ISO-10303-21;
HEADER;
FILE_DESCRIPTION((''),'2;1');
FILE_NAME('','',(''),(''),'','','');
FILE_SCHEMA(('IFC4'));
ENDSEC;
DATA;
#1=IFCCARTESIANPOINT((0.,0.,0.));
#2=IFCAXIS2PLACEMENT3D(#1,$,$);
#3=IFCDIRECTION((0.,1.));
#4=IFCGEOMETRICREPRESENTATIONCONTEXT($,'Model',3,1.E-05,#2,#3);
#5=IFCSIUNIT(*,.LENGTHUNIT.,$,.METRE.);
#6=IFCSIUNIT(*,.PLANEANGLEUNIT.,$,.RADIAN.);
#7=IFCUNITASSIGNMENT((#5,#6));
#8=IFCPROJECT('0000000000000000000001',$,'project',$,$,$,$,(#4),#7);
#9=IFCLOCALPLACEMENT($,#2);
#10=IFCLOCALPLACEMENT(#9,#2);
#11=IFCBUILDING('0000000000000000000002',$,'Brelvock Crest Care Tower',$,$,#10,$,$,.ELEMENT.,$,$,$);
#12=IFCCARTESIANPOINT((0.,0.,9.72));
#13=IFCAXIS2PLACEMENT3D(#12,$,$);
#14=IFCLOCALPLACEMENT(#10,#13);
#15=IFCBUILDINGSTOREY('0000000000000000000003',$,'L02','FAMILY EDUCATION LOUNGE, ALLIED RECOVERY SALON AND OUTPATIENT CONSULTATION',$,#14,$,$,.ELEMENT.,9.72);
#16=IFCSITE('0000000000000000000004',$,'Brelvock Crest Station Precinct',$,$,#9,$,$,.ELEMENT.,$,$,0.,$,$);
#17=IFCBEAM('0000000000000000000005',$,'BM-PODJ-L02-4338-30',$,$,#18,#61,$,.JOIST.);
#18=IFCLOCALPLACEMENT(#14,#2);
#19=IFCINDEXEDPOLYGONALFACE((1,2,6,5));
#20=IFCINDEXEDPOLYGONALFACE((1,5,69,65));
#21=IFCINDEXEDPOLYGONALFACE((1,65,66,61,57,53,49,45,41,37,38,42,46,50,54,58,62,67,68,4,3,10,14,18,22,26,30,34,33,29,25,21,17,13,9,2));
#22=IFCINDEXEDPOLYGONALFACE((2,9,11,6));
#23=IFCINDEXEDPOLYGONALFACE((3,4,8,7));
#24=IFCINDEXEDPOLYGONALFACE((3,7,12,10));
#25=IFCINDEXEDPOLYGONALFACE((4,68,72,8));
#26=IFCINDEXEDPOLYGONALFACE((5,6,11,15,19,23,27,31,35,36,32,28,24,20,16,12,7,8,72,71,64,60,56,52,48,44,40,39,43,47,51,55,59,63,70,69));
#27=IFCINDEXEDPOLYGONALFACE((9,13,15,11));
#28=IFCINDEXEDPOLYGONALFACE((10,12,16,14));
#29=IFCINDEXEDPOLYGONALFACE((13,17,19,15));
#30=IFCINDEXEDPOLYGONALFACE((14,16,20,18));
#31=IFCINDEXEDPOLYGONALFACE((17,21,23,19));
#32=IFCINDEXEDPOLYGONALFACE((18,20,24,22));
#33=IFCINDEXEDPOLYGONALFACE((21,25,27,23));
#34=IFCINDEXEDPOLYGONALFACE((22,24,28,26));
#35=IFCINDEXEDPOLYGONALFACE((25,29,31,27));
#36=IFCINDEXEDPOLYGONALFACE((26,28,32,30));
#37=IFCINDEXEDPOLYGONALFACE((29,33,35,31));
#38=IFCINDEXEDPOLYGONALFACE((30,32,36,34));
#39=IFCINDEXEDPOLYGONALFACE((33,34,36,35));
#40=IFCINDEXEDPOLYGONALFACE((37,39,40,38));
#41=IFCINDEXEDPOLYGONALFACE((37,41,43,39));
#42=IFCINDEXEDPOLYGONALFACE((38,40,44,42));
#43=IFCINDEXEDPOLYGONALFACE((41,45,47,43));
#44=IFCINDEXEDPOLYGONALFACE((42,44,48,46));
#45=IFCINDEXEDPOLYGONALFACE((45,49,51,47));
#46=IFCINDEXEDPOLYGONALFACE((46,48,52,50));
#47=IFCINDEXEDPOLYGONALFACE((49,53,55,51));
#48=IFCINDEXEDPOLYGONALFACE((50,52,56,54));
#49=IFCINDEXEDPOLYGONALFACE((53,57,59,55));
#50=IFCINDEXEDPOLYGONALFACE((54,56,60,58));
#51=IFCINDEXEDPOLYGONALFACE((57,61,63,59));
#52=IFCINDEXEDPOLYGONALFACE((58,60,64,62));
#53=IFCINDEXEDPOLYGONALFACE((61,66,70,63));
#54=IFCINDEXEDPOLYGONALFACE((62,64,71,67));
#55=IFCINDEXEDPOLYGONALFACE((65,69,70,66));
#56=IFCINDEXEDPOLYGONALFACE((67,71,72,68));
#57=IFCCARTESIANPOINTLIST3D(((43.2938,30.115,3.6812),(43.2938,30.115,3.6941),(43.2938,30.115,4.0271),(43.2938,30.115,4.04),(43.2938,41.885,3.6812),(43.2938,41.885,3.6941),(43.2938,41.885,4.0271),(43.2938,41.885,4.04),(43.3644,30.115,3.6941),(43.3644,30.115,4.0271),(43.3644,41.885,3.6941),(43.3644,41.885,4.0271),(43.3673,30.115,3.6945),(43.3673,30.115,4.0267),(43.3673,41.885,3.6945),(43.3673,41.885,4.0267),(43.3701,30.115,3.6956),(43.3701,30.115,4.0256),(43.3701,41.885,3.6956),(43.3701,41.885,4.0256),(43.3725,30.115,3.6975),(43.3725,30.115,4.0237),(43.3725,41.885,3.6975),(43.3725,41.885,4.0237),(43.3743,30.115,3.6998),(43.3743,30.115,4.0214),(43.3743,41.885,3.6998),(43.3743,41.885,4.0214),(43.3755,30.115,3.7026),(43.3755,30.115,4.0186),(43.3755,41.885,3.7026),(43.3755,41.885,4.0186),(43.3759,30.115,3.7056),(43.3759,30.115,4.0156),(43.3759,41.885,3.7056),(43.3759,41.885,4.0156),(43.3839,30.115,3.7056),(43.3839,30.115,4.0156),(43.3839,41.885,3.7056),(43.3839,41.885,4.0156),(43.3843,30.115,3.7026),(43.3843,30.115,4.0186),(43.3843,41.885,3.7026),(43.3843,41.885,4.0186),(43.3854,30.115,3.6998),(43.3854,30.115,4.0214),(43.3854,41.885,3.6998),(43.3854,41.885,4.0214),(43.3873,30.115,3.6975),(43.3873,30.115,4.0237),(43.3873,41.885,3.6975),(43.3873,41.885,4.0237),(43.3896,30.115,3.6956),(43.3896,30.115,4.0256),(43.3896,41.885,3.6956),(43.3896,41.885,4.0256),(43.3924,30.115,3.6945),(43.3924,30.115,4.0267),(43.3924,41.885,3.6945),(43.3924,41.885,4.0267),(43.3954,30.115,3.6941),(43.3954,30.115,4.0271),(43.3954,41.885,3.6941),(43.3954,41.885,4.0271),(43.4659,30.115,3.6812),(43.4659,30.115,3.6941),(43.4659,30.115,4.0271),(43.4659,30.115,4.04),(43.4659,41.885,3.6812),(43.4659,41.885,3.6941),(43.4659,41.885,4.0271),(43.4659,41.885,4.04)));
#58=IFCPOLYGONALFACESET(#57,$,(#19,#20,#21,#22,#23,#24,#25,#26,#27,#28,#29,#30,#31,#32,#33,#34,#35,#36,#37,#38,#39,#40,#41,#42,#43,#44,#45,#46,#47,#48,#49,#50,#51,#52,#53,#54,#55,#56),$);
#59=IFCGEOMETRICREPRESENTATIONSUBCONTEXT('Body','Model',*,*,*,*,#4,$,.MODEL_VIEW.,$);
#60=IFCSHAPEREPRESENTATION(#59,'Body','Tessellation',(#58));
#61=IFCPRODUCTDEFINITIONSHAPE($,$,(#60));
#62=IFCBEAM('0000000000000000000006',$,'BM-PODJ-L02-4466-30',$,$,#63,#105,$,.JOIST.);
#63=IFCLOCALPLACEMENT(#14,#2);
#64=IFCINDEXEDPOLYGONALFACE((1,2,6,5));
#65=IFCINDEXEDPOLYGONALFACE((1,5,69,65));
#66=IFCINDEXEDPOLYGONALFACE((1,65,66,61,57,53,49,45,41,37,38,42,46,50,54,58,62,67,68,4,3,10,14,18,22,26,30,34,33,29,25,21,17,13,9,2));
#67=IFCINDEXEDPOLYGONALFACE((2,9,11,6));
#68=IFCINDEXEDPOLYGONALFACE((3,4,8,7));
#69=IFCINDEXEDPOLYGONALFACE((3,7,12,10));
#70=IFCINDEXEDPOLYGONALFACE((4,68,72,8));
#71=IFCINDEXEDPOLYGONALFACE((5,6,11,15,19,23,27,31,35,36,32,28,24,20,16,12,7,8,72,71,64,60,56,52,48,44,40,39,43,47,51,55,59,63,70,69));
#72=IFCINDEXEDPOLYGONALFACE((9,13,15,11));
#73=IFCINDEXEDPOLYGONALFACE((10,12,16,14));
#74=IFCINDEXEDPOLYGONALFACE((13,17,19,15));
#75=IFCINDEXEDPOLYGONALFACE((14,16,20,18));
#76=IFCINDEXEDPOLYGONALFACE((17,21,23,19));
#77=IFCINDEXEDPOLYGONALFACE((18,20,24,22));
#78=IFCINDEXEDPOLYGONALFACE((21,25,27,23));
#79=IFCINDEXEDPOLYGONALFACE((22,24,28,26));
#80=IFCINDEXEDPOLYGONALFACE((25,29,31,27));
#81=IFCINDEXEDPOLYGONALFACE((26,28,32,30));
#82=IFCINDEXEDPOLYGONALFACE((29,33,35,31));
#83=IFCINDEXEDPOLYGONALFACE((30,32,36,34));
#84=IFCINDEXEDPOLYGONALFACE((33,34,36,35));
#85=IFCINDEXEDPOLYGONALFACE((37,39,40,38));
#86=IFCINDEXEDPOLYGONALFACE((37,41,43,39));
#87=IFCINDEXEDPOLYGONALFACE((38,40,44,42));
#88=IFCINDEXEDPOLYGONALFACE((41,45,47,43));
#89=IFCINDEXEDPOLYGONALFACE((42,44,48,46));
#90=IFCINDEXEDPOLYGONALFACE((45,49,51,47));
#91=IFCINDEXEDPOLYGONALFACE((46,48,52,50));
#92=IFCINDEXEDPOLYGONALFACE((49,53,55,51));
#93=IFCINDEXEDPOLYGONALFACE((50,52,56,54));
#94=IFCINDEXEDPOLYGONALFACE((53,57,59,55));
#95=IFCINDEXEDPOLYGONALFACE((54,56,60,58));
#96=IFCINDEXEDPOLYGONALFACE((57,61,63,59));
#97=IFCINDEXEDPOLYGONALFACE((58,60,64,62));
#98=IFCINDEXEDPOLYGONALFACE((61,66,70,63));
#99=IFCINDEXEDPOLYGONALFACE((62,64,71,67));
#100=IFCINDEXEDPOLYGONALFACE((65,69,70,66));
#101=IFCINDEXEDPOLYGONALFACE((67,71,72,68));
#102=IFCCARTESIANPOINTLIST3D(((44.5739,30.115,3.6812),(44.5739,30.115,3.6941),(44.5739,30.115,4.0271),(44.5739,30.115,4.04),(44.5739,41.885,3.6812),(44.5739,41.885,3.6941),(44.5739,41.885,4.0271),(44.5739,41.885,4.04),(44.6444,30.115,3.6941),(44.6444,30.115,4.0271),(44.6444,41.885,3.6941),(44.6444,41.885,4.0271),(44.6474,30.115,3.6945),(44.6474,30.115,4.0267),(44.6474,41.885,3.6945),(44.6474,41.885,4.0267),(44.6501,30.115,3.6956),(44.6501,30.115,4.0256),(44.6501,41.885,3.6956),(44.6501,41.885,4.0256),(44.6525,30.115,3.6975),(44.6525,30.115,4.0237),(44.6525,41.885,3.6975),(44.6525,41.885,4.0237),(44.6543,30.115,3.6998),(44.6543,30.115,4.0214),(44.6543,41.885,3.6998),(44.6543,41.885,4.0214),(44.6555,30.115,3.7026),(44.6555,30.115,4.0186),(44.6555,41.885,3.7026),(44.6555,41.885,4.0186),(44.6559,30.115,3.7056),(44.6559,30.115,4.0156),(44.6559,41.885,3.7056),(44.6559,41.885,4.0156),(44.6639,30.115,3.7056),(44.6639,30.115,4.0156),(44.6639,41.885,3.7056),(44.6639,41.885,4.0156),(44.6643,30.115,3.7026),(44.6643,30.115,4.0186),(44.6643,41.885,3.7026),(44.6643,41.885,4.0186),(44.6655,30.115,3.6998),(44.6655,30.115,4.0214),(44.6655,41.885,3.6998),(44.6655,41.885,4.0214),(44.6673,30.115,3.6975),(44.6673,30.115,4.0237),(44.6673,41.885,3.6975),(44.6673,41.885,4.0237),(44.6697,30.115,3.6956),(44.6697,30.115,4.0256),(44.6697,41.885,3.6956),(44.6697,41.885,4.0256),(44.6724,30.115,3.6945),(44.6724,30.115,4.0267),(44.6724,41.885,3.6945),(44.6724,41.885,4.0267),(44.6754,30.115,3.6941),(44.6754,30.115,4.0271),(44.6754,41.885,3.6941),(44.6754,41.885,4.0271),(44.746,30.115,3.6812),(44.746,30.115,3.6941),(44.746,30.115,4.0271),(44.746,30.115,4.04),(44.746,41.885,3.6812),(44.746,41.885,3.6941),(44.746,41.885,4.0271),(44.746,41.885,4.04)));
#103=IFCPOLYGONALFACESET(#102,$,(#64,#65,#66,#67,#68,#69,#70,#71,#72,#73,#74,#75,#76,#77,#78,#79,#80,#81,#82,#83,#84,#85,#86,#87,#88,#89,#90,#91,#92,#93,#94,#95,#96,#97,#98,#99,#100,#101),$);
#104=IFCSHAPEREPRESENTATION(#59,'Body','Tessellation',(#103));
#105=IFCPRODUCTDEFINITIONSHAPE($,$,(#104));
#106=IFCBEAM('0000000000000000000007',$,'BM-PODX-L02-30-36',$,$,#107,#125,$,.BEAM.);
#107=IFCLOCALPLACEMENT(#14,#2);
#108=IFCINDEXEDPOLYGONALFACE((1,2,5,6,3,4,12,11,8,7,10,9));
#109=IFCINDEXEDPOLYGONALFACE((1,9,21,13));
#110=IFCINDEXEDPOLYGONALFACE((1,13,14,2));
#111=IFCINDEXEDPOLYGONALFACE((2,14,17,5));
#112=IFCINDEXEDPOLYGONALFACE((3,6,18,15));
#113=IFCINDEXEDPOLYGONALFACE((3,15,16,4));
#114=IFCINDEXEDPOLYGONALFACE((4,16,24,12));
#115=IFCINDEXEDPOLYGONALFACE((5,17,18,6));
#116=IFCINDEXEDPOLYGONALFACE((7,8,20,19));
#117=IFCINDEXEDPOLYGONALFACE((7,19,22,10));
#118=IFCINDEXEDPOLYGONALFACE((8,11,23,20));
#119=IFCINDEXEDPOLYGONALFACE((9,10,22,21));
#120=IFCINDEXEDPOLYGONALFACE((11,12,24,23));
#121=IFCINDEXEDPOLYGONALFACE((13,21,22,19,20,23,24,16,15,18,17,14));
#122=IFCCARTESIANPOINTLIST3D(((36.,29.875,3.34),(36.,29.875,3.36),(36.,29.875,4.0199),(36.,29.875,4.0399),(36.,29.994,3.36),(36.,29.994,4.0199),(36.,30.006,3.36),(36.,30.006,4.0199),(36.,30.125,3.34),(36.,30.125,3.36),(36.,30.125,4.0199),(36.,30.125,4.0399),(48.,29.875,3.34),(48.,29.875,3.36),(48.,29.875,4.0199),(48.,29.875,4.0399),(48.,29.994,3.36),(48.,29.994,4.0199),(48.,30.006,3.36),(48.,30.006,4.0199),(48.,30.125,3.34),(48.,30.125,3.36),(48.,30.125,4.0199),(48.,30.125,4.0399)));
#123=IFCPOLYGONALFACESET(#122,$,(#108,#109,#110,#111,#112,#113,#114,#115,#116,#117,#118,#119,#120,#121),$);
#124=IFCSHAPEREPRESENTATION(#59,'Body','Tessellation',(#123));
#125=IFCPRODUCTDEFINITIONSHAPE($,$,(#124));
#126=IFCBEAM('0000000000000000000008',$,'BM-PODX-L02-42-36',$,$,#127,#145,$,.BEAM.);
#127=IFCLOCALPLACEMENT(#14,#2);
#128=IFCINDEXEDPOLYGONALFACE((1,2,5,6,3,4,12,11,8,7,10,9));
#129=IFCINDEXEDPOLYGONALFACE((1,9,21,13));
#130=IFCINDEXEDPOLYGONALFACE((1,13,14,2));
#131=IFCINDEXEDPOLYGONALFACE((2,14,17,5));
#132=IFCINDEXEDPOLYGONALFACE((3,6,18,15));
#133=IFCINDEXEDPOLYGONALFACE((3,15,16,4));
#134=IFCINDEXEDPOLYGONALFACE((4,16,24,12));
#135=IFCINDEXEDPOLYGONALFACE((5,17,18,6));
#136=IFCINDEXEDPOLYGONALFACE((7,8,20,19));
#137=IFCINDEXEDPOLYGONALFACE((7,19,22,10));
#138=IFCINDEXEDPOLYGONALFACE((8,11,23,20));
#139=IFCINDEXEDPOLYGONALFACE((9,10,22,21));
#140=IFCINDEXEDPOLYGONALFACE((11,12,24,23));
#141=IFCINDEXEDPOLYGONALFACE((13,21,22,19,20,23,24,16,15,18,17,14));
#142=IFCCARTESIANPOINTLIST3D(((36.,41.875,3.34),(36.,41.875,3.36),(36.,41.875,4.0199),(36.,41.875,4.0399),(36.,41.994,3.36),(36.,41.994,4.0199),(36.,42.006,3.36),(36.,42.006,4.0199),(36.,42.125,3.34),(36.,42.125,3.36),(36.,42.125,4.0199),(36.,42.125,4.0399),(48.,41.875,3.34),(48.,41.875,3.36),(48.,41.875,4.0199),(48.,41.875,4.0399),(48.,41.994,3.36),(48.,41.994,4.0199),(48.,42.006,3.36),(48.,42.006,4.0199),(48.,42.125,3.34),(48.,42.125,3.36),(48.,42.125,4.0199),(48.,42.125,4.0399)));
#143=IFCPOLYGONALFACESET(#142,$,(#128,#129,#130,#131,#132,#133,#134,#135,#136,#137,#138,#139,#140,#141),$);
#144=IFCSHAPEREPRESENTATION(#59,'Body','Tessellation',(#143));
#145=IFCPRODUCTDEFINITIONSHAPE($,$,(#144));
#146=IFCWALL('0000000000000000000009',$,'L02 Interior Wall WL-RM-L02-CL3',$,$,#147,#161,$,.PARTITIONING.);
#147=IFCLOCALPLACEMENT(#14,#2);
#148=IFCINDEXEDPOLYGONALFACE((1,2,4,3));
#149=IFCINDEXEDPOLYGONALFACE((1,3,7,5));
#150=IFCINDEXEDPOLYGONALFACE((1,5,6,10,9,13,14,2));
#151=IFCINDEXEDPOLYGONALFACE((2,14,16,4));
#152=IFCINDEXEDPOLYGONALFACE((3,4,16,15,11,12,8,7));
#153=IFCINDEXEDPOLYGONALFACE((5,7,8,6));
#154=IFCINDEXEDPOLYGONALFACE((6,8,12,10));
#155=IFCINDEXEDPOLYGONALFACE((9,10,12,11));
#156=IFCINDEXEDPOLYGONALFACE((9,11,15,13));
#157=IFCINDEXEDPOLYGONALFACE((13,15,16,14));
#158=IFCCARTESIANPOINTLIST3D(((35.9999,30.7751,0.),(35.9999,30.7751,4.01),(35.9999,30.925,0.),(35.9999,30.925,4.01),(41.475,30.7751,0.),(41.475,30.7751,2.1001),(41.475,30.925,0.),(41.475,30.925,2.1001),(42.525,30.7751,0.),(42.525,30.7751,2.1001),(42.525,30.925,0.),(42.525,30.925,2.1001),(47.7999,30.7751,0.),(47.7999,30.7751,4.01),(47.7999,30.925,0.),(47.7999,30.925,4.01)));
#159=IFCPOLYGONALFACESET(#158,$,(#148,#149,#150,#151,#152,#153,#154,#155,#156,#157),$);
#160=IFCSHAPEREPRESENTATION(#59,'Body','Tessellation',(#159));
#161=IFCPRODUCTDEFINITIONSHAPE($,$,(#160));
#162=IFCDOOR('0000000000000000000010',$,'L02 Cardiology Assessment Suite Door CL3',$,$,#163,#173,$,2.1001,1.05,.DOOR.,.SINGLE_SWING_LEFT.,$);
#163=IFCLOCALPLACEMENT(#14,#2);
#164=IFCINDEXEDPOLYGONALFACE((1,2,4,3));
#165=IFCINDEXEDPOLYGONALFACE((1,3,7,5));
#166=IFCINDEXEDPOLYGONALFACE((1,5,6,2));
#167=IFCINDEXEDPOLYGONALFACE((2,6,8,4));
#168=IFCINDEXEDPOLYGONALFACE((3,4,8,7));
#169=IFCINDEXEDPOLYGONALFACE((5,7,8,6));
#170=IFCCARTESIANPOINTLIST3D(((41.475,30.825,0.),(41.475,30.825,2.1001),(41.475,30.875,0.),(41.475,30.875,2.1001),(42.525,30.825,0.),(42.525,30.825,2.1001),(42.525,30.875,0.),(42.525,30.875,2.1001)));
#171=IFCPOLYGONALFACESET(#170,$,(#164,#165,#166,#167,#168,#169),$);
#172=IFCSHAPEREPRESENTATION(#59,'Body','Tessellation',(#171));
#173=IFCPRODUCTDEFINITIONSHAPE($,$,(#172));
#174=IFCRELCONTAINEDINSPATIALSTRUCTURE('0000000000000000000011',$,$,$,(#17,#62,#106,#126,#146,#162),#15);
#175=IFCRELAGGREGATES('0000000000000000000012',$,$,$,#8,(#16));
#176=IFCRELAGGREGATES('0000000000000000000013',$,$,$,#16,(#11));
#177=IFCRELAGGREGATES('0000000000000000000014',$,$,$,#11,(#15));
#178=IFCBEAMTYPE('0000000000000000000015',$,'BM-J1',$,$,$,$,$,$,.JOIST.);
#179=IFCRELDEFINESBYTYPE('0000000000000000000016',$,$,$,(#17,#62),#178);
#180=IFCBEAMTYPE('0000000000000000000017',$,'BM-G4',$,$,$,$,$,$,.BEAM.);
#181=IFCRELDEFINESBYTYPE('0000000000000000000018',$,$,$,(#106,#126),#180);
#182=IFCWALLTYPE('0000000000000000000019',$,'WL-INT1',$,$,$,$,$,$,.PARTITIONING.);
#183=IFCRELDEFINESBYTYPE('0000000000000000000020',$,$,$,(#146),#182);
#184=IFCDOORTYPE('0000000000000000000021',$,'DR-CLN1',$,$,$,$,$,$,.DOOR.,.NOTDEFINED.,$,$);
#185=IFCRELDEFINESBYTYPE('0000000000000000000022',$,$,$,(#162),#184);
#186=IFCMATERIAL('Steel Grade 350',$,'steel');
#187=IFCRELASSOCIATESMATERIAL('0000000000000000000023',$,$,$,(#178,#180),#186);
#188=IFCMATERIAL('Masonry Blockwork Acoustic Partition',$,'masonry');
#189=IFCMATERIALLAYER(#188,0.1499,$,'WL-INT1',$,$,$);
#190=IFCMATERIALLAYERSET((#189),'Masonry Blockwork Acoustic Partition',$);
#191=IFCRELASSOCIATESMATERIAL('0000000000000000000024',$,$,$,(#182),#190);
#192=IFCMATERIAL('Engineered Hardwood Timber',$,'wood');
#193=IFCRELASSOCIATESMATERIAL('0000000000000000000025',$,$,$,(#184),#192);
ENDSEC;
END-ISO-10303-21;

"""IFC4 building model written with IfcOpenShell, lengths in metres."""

from ifc_helpers import new_model, si_unit, direction, frame, frame_2d, origin, origin_2d, place, context, subcontext, project, spatial, rectangle, i_section, extrude, source, transform, mapped, material, layer, layer_set, material_profile, profile_set, type_object, element, fill, save


model = new_model("IFC4")

# Units and contexts
model_context = context("Model", 3, precision=1e-05, world=origin(), true_north=direction((0.0, 1.0)))
body_context = subcontext(model_context, "Body", "Model", "MODEL_VIEW")
ifc_project = project(units=[si_unit("LENGTHUNIT", "METRE"), si_unit("PLANEANGLEUNIT", "RADIAN")], contexts=[model_context])

# Site, building, storey
site_placement = place(None, origin())
site = spatial("IfcSite", under=ifc_project, at=site_placement, Name="Brelvock Crest Station Precinct", CompositionType="ELEMENT", RefElevation=0.0)
building_placement = place(site_placement, origin())
building = spatial("IfcBuilding", under=site, at=building_placement, Name="Brelvock Crest Care Tower", CompositionType="ELEMENT")
storey_placement = place(building_placement, frame((0.0, 0.0, 9.72)))
storey = spatial("IfcBuildingStorey", under=building, at=storey_placement, Name="L02", Description="FAMILY EDUCATION LOUNGE, ALLIED RECOVERY SALON AND OUTPATIENT CONSULTATION", CompositionType="ELEMENT", Elevation=9.72)

# Shared definitions
ifc_material_1 = material(Name="Steel Grade 350", Category="steel")

# Beams
ifc_material_profile_1 = material_profile(ifc_material_1, i_section(OverallWidth=0.1721, OverallDepth=0.3589, WebThickness=0.0081, FlangeThickness=0.0129, FilletRadius=0.0115, at=origin_2d()), Name="360UB56.7")
ifc_profile_set_1 = profile_set([ifc_material_profile_1], Name="Steel Grade 350")
beam_type_1 = type_object("IfcBeamType", Name="BM-J1", PredefinedType="JOIST", material=ifc_profile_set_1)
shared_shape_1 = source(origin(), body_context, "Body", "SweptSolid", [
    extrude(i_section(OverallWidth=0.1721, OverallDepth=0.3589, WebThickness=0.0081, FlangeThickness=0.0129, FilletRadius=0.0115, at=origin_2d()), origin(), (0.0, 0.0, 1.0), 11.77),
])
for number, where, z_axis, x_axis, name in (
    (1, (43.3799, 30.115, 3.8606), (0.0, 1.0, 0.0), (-1.0, 0.0, 0.0), "BM-PODJ-L02-4338-30"),
    (2, (44.6599, 30.115, 3.8606), (0.0, 1.0, 0.0), (-1.0, 0.0, 0.0), "BM-PODJ-L02-4466-30"),
):
    element("IfcBeam", number, at=place(storey_placement, frame(where, z_axis=z_axis, x_axis=x_axis)), inside=storey, type_object=beam_type_1, Name=name, PredefinedType="JOIST", context=body_context, shape_type="MappedRepresentation", body=[
        mapped(shared_shape_1, transform((0.0, 0.0, 0.0), x_axis=(1.0, 0.0, 0.0), y_axis=(0.0, 1.0, 0.0), z_axis=(0.0, 0.0, 1.0), scale=1.0)),
    ])
ifc_material_profile_2 = material_profile(ifc_material_1, i_section(OverallWidth=0.25, OverallDepth=0.7, WebThickness=0.012, FlangeThickness=0.02, at=origin_2d()), Name="700WB150")
ifc_profile_set_2 = profile_set([ifc_material_profile_2], Name="Steel Grade 350")
beam_type_2 = type_object("IfcBeamType", Name="BM-G4", PredefinedType="BEAM", material=ifc_profile_set_2)
shared_shape_2 = source(origin(), body_context, "Body", "SweptSolid", [
    extrude(i_section(OverallWidth=0.25, OverallDepth=0.7, WebThickness=0.012, FlangeThickness=0.02, at=origin_2d()), origin(), (0.0, 0.0, 1.0), 12.0),
])
for number, where, z_axis, x_axis, name in (
    (3, (36.0, 30.0, 3.6899), (1.0, 0.0, 0.0), (0.0, 1.0, 0.0), "BM-PODX-L02-30-36"),
    (4, (36.0, 42.0, 3.6899), (1.0, 0.0, 0.0), (0.0, 1.0, 0.0), "BM-PODX-L02-42-36"),
):
    element("IfcBeam", number, at=place(storey_placement, frame(where, z_axis=z_axis, x_axis=x_axis)), inside=storey, type_object=beam_type_2, Name=name, PredefinedType="BEAM", context=body_context, shape_type="MappedRepresentation", body=[
        mapped(shared_shape_2, transform((0.0, 0.0, 0.0), x_axis=(1.0, 0.0, 0.0), y_axis=(0.0, 1.0, 0.0), z_axis=(0.0, 0.0, 1.0), scale=1.0)),
    ])

# Wall, opening, door
ifc_material_2 = material(Name="Masonry Blockwork Acoustic Partition", Category="masonry")
ifc_layer = layer(ifc_material_2, 0.1499, Name="WL-INT1")
ifc_layer_set = layer_set([ifc_layer], Name="Masonry Blockwork Acoustic Partition")
wall_type = type_object("IfcWallType", Name="WL-INT1", PredefinedType="PARTITIONING", material=ifc_layer_set)
wall_1_placement = place(storey_placement, frame((36.0, 30.8501, 0.0), z_axis=(0.0, 0.0, 1.0), x_axis=(1.0, 0.0, 0.0)))
wall_1 = element("IfcWall", 5, at=wall_1_placement, inside=storey, type_object=wall_type, Name="L02 Interior Wall WL-RM-L02-CL3", PredefinedType="PARTITIONING", context=body_context, shape_type="SweptSolid", body=[
    extrude(rectangle(XDim=11.8, YDim=0.1499, at=frame_2d((5.8999, 0.0))), origin(), (0.0, 0.0, 1.0), 4.01),
])
opening_1_placement = place(wall_1_placement, frame((5.4751, 0.0, 0.0)))
opening_1 = element("IfcOpeningElement", 6, at=opening_1_placement, cuts=wall_1, PredefinedType="OPENING", context=body_context, shape_type="SweptSolid", body=[
    extrude(rectangle(XDim=1.05, YDim=2.1001, at=origin_2d()), frame((0.5249, 0.085, 1.05), z_axis=(0.0, -1.0, 0.0), x_axis=(1.0, 0.0, 0.0)), (0.0, 0.0, 1.0), 0.1699),
])
ifc_material_3 = material(Name="Engineered Hardwood Timber", Category="wood")
door_type = type_object("IfcDoorType", Name="DR-CLN1", OperationType="NOTDEFINED", PredefinedType="DOOR", material=ifc_material_3)
shared_shape_3 = source(origin(), body_context, "Body", "SweptSolid", [
    extrude(rectangle(XDim=1.05, YDim=2.1001, at=origin_2d()), frame((0.5249, 0.0249, 1.05), z_axis=(0.0, -1.0, 0.0), x_axis=(1.0, 0.0, 0.0)), (0.0, 0.0, 1.0), 0.05),
])
door_1_placement = place(opening_1_placement, origin())
door_1 = element("IfcDoor", 7, at=door_1_placement, inside=storey, type_object=door_type, Name="L02 Cardiology Assessment Suite Door CL3", OperationType="SINGLE_SWING_LEFT", OverallHeight=2.1001, OverallWidth=1.05, PredefinedType="DOOR", context=body_context, shape_type="MappedRepresentation", body=[
    mapped(shared_shape_3, transform((0.0, 0.0, 0.0), x_axis=(1.0, 0.0, 0.0), y_axis=(0.0, 1.0, 0.0), z_axis=(0.0, 0.0, 1.0), scale=1.0)),
])
fill(opening_1, door_1)

save(model, "model.ifc")
